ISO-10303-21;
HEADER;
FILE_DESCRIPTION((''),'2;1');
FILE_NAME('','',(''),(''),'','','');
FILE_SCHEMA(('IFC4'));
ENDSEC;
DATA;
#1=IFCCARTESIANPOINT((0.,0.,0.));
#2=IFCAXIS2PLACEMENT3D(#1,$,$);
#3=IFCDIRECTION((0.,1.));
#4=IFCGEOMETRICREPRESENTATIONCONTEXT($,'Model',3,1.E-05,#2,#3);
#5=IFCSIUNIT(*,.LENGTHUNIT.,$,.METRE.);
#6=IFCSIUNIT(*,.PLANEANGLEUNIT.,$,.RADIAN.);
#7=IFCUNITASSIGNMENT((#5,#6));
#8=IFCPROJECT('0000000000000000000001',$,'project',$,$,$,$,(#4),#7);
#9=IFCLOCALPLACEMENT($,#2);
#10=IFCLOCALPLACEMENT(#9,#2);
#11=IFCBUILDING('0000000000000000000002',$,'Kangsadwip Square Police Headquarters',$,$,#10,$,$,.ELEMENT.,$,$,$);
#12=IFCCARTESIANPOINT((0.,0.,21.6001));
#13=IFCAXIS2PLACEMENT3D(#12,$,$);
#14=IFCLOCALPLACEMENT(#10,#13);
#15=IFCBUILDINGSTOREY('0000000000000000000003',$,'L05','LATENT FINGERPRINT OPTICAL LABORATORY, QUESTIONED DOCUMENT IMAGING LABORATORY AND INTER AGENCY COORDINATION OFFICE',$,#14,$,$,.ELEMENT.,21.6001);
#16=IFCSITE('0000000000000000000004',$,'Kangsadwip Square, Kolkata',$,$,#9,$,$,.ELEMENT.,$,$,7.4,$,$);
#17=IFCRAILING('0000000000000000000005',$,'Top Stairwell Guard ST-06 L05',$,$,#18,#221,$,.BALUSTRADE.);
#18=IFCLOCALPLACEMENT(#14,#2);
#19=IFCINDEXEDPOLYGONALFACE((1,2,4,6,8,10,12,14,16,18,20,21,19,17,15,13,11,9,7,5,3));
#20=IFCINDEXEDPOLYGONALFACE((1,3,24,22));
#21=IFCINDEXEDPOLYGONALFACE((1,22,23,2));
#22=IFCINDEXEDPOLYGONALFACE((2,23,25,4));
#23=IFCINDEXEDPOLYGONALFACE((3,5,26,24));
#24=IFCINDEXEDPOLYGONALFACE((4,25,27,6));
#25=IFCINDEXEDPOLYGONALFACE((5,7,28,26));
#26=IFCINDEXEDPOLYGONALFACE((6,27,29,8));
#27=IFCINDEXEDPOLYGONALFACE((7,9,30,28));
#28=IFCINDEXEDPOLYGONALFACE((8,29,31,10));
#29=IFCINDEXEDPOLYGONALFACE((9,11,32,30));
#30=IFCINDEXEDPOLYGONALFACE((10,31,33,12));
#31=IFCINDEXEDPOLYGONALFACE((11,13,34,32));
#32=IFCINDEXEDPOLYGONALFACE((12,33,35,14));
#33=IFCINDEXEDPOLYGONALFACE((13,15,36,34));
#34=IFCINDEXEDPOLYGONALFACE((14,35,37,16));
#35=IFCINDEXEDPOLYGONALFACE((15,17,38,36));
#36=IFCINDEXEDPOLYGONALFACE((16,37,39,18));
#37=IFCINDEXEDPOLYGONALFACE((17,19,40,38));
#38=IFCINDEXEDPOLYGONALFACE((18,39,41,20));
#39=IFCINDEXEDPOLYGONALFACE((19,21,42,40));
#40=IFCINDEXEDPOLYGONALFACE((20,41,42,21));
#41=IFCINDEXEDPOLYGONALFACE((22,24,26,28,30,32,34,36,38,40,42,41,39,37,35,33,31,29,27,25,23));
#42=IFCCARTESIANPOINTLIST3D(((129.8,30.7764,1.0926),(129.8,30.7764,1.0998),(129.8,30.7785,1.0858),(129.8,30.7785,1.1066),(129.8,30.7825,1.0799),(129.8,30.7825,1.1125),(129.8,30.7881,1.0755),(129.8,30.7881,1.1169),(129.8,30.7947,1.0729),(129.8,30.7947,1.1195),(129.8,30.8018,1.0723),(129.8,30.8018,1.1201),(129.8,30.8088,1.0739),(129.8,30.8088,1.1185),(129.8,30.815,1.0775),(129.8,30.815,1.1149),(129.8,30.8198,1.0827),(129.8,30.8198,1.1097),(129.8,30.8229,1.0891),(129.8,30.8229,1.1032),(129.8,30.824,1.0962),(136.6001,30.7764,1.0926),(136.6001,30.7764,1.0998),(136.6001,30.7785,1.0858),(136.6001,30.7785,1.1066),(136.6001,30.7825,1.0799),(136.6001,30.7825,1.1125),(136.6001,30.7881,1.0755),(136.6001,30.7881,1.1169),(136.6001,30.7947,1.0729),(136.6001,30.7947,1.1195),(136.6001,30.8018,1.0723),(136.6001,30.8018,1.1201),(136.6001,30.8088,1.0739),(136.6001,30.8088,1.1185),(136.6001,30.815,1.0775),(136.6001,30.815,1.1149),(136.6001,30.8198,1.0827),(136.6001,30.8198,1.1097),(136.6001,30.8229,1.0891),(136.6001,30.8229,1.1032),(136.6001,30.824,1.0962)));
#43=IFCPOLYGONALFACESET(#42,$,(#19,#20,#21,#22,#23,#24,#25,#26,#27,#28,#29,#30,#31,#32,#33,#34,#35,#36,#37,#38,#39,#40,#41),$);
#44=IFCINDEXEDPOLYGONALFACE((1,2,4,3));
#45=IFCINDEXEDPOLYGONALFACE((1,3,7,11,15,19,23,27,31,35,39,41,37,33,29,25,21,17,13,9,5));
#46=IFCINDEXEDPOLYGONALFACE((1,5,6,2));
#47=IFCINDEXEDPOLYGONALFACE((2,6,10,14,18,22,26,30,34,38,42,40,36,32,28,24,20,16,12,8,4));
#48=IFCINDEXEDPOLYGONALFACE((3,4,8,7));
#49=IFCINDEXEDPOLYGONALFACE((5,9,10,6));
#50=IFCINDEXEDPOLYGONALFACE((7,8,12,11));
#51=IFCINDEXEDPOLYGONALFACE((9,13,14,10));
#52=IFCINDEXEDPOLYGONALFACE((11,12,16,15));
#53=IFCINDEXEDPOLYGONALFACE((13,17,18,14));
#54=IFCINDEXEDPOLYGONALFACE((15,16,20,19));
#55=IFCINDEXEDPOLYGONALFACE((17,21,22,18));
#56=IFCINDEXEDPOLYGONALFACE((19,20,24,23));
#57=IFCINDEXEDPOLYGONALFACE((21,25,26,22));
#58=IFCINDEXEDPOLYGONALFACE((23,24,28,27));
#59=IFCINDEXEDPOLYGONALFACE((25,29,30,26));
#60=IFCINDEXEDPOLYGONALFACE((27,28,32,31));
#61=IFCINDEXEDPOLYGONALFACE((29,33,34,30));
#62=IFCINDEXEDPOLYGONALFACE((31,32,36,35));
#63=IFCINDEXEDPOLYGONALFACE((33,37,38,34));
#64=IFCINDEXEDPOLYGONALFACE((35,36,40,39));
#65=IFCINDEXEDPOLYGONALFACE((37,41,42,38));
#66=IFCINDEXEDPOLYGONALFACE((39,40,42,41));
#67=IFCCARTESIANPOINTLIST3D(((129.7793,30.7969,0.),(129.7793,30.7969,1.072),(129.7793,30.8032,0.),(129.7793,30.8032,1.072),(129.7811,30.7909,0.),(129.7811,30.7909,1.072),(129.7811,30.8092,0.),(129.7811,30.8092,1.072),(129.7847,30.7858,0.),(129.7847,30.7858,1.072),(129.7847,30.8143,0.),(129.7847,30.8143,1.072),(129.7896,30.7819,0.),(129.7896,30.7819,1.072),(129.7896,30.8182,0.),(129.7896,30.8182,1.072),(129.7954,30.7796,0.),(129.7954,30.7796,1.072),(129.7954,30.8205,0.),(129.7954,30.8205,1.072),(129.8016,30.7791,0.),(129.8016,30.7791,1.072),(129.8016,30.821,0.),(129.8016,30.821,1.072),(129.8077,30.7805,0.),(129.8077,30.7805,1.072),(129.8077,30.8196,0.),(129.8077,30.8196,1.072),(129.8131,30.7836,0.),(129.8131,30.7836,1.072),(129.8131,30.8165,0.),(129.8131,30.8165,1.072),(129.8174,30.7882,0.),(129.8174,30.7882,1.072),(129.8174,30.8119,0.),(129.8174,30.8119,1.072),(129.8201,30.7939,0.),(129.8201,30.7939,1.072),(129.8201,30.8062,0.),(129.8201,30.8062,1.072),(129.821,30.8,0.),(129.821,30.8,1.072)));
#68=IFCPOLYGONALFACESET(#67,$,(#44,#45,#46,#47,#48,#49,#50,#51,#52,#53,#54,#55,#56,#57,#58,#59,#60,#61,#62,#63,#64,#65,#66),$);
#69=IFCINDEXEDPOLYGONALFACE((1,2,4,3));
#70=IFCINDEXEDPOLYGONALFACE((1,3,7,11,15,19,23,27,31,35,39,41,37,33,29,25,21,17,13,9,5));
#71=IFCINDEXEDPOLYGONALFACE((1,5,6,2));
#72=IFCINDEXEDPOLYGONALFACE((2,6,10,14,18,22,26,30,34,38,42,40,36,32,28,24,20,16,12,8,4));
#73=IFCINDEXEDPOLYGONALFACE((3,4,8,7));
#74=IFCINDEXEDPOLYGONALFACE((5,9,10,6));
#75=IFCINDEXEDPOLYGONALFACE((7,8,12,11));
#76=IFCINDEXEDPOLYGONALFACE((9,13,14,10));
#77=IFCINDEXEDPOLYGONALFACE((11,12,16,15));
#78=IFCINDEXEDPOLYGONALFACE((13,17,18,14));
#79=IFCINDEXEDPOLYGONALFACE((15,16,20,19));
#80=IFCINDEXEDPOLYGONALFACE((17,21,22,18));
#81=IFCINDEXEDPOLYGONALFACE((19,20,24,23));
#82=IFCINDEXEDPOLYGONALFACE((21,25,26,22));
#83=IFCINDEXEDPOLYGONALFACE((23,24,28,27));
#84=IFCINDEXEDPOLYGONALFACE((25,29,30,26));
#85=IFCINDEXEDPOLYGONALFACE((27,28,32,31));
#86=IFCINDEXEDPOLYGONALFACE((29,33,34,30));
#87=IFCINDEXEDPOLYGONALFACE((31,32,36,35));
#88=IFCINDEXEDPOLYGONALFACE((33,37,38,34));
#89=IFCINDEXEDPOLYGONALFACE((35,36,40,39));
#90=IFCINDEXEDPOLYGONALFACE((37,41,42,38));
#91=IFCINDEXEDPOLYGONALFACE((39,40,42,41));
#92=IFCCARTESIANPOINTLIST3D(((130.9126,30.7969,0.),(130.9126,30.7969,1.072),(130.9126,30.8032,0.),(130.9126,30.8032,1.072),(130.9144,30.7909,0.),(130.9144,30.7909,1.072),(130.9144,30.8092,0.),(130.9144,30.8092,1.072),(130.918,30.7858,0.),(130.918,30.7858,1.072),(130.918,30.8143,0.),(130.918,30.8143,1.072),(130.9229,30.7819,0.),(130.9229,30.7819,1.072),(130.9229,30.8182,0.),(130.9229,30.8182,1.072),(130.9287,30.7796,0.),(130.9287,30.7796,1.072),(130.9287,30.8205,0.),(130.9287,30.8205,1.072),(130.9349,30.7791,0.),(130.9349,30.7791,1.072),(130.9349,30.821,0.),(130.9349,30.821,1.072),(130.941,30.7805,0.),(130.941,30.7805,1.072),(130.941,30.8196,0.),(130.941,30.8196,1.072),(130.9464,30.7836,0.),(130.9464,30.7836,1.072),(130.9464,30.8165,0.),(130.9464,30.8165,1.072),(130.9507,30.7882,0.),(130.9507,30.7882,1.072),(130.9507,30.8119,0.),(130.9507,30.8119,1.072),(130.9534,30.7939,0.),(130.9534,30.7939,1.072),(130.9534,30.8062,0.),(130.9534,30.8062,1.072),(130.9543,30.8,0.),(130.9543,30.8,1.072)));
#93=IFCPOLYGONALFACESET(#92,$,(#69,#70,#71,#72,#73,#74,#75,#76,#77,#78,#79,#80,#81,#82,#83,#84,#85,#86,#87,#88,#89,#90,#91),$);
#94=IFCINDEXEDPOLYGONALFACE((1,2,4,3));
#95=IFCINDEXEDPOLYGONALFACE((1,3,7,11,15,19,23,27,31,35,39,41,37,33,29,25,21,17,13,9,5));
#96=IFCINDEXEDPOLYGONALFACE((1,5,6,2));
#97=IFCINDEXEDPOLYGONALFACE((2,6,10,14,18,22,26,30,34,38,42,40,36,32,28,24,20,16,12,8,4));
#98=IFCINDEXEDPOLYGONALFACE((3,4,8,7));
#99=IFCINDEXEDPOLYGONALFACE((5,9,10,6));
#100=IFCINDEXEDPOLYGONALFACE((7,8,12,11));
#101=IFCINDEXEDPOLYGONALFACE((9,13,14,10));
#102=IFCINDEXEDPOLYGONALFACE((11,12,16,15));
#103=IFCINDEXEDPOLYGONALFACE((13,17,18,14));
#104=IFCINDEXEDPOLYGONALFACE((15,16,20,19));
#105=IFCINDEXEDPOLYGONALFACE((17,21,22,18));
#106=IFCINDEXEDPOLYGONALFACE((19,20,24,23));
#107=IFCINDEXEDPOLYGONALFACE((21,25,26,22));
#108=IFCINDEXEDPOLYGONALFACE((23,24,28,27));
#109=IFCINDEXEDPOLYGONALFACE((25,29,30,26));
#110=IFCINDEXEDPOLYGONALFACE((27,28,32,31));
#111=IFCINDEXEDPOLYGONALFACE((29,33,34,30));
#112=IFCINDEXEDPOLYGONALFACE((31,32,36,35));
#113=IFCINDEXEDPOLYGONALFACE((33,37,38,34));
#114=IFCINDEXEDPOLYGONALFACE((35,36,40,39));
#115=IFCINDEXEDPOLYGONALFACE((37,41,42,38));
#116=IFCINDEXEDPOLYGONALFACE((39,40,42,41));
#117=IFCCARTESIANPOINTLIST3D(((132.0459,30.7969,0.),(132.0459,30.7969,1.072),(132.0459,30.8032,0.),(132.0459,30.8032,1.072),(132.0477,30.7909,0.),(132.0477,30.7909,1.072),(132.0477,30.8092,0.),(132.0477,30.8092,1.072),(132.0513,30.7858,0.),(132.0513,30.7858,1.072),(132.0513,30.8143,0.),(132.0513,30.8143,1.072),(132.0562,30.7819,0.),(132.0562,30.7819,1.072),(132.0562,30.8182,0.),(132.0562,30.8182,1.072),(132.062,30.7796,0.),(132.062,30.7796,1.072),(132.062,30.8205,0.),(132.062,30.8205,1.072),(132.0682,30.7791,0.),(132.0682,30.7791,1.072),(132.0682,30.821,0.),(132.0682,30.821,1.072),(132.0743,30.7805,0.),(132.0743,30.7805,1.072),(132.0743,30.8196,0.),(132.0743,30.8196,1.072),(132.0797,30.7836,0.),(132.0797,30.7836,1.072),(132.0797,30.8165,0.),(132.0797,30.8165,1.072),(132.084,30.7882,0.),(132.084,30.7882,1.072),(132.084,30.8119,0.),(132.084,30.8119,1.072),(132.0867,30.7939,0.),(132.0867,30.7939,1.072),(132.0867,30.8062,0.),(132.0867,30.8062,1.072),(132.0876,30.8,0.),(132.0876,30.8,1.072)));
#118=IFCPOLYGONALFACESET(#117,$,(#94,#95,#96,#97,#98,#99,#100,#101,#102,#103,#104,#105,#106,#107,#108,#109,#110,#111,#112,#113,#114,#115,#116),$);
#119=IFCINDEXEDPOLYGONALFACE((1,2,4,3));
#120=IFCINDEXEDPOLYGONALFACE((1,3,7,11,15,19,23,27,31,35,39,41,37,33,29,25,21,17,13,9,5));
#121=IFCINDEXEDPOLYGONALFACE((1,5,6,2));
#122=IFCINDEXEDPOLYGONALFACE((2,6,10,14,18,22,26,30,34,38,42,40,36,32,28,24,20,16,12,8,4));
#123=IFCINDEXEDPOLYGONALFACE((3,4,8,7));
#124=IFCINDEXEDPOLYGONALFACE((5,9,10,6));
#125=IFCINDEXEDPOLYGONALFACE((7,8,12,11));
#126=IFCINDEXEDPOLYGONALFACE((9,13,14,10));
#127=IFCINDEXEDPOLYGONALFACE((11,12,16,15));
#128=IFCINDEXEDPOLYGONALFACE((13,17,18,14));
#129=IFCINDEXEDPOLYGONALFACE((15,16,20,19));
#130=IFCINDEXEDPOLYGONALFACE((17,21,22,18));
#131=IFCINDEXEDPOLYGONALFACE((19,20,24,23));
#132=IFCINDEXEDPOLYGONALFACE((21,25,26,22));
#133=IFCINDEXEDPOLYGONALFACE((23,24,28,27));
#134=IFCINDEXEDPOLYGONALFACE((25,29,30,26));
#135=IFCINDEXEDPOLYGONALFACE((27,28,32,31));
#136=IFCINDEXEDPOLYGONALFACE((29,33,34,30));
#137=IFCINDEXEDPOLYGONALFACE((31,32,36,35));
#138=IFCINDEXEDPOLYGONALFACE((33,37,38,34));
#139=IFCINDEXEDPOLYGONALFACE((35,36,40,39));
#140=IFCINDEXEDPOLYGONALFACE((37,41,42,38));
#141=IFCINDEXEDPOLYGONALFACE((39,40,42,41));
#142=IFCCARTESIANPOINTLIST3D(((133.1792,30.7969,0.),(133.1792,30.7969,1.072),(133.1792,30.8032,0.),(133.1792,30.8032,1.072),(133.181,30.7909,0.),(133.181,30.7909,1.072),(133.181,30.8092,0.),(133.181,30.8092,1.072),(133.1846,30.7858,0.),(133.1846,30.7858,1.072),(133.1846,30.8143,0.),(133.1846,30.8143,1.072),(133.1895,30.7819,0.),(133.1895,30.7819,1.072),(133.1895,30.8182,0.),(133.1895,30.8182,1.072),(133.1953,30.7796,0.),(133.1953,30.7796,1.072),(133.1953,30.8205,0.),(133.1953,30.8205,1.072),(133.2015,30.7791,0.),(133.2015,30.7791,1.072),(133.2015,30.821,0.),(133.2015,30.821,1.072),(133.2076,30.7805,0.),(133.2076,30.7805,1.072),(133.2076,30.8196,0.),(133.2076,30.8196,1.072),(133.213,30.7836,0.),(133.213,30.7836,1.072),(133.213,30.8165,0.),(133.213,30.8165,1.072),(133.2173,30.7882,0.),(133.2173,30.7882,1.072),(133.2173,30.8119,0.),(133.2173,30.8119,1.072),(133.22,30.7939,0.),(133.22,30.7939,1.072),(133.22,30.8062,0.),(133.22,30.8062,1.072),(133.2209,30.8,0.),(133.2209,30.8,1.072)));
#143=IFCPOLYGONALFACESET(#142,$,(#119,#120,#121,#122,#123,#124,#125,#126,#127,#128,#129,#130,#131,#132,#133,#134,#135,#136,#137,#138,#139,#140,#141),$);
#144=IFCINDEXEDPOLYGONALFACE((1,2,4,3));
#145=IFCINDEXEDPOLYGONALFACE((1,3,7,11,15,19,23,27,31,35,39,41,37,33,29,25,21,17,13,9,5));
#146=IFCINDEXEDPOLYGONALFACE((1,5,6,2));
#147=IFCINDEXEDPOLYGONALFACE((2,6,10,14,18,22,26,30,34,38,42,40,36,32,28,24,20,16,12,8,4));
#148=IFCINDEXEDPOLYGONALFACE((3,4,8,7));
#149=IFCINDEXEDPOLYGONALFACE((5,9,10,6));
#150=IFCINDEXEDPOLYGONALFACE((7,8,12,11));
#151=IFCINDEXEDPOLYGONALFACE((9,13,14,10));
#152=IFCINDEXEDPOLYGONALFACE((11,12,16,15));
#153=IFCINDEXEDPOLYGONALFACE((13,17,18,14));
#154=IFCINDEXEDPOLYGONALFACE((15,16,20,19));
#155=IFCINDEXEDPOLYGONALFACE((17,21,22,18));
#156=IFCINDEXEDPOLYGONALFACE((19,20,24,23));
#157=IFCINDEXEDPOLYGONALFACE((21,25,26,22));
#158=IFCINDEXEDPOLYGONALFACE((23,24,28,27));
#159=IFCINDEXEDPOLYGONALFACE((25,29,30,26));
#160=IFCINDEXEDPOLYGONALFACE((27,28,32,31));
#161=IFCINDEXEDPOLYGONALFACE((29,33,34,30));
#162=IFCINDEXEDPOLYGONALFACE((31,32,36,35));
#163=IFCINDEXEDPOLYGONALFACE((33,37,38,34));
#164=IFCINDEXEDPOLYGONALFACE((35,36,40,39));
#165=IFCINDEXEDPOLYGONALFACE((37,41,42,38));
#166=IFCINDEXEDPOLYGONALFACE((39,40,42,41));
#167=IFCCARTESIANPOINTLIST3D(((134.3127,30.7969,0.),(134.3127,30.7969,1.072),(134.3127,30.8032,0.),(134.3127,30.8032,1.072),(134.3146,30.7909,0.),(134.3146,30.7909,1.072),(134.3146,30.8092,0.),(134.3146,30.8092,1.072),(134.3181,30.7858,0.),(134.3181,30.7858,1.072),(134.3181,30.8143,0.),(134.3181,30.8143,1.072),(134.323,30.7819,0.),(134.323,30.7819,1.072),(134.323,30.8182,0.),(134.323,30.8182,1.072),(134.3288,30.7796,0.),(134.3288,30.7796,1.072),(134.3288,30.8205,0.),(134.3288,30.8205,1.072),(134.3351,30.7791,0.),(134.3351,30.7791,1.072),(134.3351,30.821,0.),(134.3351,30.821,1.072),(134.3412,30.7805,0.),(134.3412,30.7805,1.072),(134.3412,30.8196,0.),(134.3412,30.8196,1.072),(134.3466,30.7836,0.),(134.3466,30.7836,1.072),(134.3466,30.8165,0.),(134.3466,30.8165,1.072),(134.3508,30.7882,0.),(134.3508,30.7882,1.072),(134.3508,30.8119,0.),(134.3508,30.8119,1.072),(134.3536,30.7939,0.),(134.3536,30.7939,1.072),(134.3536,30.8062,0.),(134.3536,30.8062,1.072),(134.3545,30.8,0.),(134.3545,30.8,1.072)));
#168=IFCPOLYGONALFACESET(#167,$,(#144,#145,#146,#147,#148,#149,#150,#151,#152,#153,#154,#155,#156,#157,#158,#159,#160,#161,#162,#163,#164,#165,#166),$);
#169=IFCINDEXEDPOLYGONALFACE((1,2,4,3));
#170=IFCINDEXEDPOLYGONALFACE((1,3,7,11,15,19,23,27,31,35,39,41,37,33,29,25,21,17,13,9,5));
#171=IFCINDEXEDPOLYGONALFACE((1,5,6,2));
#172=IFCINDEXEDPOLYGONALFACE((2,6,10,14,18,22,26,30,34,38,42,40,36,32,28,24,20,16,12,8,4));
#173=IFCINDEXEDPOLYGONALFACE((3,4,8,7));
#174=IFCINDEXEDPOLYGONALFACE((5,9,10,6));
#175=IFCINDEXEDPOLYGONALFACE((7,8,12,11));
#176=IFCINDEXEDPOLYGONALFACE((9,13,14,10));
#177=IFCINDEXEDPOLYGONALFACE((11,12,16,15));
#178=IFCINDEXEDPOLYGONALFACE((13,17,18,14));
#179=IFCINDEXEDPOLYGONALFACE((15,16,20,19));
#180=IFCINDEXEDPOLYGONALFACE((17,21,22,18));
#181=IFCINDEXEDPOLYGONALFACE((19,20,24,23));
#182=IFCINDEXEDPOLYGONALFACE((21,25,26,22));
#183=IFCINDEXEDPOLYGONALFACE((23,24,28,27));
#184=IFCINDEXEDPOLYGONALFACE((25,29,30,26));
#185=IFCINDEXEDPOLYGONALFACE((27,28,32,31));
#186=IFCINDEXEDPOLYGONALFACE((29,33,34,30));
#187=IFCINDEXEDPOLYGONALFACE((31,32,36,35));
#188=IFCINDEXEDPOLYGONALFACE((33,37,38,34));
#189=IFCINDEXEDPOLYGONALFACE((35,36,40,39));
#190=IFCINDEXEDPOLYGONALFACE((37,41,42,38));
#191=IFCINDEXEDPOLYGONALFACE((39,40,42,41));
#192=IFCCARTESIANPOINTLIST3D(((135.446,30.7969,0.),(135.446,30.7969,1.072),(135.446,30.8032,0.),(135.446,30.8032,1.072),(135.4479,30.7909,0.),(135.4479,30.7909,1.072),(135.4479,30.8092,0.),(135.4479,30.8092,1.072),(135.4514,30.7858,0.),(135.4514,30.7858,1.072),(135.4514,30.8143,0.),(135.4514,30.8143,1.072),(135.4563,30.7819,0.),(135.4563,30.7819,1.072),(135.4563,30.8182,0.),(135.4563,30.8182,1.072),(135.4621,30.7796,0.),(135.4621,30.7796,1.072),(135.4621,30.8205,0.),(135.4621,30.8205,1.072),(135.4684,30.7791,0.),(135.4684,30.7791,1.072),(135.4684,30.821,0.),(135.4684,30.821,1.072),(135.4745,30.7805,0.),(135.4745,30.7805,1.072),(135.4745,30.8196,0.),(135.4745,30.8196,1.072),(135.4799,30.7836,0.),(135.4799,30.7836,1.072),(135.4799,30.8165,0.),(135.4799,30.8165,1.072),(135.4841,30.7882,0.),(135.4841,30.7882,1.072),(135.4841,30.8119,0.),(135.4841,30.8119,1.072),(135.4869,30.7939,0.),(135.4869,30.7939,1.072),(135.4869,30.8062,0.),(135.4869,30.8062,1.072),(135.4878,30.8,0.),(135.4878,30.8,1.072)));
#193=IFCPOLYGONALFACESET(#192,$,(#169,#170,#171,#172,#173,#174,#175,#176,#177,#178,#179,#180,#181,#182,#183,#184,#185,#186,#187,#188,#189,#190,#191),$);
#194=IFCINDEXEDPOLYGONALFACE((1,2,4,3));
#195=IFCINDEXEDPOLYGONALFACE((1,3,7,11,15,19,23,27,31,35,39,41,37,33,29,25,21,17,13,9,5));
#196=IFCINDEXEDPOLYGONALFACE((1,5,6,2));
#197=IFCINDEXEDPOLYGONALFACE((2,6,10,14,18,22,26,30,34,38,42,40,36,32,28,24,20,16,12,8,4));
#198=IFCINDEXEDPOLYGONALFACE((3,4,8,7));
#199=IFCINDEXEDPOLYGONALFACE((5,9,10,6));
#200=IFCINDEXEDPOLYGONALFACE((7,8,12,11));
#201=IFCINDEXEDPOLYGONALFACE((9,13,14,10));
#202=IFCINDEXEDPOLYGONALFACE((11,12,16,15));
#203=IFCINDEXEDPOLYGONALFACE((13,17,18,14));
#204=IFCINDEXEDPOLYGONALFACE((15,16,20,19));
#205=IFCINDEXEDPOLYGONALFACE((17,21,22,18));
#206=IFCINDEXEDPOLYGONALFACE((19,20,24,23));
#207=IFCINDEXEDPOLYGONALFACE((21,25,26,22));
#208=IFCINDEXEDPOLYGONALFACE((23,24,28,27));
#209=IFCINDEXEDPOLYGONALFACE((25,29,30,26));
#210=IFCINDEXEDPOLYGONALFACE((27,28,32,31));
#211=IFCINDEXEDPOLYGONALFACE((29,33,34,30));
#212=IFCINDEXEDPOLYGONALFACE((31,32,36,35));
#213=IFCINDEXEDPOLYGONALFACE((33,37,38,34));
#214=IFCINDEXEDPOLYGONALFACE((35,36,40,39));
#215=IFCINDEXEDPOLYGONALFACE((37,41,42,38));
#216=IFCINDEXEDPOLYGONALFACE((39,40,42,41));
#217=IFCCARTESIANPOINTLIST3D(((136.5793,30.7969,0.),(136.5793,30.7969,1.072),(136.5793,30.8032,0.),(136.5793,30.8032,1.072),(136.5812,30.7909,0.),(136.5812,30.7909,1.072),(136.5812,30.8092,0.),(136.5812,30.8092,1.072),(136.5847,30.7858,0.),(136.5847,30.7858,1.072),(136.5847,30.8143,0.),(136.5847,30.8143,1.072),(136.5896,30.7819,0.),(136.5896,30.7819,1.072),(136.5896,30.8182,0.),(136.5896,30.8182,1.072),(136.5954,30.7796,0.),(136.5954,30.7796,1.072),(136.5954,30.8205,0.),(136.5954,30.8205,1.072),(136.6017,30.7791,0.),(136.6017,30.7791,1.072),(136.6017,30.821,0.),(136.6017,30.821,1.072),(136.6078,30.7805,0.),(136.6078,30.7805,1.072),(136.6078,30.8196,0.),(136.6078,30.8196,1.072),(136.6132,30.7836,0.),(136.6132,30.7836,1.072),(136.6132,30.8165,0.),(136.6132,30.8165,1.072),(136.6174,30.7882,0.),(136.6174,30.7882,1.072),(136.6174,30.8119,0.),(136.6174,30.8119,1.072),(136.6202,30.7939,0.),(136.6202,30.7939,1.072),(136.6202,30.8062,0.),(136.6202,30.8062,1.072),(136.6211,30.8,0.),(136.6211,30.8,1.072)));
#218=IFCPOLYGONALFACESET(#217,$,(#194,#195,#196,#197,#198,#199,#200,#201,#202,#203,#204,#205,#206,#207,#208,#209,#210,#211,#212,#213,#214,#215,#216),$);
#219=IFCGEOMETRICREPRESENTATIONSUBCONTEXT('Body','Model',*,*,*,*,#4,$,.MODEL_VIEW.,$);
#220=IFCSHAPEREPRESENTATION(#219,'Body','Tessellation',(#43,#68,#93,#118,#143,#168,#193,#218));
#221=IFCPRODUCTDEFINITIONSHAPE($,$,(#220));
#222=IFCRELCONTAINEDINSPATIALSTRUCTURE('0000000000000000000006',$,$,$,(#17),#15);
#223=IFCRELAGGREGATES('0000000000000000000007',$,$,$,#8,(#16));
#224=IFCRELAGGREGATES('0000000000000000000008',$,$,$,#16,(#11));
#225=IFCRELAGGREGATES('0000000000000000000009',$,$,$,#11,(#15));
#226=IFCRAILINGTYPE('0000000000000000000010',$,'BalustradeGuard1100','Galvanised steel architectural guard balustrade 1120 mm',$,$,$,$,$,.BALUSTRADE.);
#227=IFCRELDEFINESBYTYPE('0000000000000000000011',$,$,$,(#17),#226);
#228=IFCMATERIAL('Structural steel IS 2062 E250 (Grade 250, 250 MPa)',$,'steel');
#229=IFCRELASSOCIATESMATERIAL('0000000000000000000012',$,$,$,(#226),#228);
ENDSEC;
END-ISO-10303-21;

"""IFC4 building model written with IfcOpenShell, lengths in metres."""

from ifc_helpers import new_model, si_unit, direction, frame, origin, origin_2d, place, context, subcontext, project, spatial, circle, extrude, material, type_object, element, save


model = new_model("IFC4")

# Units and contexts
model_context = context("Model", 3, precision=1e-05, world=origin(), true_north=direction((0.0, 1.0)))
body_context = subcontext(model_context, "Body", "Model", "MODEL_VIEW")
ifc_project = project(units=[si_unit("LENGTHUNIT", "METRE"), si_unit("PLANEANGLEUNIT", "RADIAN")], contexts=[model_context])

# Site, building, storey
site_placement = place(None, origin())
site = spatial("IfcSite", under=ifc_project, at=site_placement, Name="Kangsadwip Square, Kolkata", CompositionType="ELEMENT", RefElevation=7.4)
building_placement = place(site_placement, origin())
building = spatial("IfcBuilding", under=site, at=building_placement, Name="Kangsadwip Square Police Headquarters", CompositionType="ELEMENT")
storey_placement = place(building_placement, frame((0.0, 0.0, 21.6001)))
storey = spatial("IfcBuildingStorey", under=building, at=storey_placement, Name="L05", Description="LATENT FINGERPRINT OPTICAL LABORATORY, QUESTIONED DOCUMENT IMAGING LABORATORY AND INTER AGENCY COORDINATION OFFICE", CompositionType="ELEMENT", Elevation=21.6001)

# Railing
ifc_material_1 = material(Name="Structural steel IS 2062 E250 (Grade 250, 250 MPa)", Category="steel")
railing_type = type_object("IfcRailingType", Name="BalustradeGuard1100", Description="Galvanised steel architectural guard balustrade 1120 mm", PredefinedType="BALUSTRADE", material=ifc_material_1)
railing_1_placement = place(storey_placement, frame((129.8, 30.8, 0.0)))
element("IfcRailing", 1, at=railing_1_placement, inside=storey, type_object=railing_type, Name="Top Stairwell Guard ST-06 L05", PredefinedType="BALUSTRADE", context=body_context, shape_type="SweptSolid", body=[
    extrude(circle(Radius=0.0239, at=origin_2d()), frame((0.0, 0.0, 1.0962), z_axis=(1.0, 0.0, 0.0), x_axis=(0.0, 1.0, 0.0)), (0.0, 0.0, 1.0), 6.8),
    extrude(circle(Radius=0.021, at=origin_2d()), origin(), (0.0, 0.0, 1.0), 1.072),
    extrude(circle(Radius=0.021, at=origin_2d()), frame((1.1333, 0.0, 0.0)), (0.0, 0.0, 1.0), 1.072),
    extrude(circle(Radius=0.021, at=origin_2d()), frame((2.2666, 0.0, 0.0)), (0.0, 0.0, 1.0), 1.072),
    extrude(circle(Radius=0.021, at=origin_2d()), frame((3.3999, 0.0, 0.0)), (0.0, 0.0, 1.0), 1.072),
    extrude(circle(Radius=0.021, at=origin_2d()), frame((4.5334, 0.0, 0.0)), (0.0, 0.0, 1.0), 1.072),
    extrude(circle(Radius=0.021, at=origin_2d()), frame((5.6667, 0.0, 0.0)), (0.0, 0.0, 1.0), 1.072),
    extrude(circle(Radius=0.021, at=origin_2d()), frame((6.8, 0.0, 0.0)), (0.0, 0.0, 1.0), 1.072),
])

save(model, "model.ifc")
